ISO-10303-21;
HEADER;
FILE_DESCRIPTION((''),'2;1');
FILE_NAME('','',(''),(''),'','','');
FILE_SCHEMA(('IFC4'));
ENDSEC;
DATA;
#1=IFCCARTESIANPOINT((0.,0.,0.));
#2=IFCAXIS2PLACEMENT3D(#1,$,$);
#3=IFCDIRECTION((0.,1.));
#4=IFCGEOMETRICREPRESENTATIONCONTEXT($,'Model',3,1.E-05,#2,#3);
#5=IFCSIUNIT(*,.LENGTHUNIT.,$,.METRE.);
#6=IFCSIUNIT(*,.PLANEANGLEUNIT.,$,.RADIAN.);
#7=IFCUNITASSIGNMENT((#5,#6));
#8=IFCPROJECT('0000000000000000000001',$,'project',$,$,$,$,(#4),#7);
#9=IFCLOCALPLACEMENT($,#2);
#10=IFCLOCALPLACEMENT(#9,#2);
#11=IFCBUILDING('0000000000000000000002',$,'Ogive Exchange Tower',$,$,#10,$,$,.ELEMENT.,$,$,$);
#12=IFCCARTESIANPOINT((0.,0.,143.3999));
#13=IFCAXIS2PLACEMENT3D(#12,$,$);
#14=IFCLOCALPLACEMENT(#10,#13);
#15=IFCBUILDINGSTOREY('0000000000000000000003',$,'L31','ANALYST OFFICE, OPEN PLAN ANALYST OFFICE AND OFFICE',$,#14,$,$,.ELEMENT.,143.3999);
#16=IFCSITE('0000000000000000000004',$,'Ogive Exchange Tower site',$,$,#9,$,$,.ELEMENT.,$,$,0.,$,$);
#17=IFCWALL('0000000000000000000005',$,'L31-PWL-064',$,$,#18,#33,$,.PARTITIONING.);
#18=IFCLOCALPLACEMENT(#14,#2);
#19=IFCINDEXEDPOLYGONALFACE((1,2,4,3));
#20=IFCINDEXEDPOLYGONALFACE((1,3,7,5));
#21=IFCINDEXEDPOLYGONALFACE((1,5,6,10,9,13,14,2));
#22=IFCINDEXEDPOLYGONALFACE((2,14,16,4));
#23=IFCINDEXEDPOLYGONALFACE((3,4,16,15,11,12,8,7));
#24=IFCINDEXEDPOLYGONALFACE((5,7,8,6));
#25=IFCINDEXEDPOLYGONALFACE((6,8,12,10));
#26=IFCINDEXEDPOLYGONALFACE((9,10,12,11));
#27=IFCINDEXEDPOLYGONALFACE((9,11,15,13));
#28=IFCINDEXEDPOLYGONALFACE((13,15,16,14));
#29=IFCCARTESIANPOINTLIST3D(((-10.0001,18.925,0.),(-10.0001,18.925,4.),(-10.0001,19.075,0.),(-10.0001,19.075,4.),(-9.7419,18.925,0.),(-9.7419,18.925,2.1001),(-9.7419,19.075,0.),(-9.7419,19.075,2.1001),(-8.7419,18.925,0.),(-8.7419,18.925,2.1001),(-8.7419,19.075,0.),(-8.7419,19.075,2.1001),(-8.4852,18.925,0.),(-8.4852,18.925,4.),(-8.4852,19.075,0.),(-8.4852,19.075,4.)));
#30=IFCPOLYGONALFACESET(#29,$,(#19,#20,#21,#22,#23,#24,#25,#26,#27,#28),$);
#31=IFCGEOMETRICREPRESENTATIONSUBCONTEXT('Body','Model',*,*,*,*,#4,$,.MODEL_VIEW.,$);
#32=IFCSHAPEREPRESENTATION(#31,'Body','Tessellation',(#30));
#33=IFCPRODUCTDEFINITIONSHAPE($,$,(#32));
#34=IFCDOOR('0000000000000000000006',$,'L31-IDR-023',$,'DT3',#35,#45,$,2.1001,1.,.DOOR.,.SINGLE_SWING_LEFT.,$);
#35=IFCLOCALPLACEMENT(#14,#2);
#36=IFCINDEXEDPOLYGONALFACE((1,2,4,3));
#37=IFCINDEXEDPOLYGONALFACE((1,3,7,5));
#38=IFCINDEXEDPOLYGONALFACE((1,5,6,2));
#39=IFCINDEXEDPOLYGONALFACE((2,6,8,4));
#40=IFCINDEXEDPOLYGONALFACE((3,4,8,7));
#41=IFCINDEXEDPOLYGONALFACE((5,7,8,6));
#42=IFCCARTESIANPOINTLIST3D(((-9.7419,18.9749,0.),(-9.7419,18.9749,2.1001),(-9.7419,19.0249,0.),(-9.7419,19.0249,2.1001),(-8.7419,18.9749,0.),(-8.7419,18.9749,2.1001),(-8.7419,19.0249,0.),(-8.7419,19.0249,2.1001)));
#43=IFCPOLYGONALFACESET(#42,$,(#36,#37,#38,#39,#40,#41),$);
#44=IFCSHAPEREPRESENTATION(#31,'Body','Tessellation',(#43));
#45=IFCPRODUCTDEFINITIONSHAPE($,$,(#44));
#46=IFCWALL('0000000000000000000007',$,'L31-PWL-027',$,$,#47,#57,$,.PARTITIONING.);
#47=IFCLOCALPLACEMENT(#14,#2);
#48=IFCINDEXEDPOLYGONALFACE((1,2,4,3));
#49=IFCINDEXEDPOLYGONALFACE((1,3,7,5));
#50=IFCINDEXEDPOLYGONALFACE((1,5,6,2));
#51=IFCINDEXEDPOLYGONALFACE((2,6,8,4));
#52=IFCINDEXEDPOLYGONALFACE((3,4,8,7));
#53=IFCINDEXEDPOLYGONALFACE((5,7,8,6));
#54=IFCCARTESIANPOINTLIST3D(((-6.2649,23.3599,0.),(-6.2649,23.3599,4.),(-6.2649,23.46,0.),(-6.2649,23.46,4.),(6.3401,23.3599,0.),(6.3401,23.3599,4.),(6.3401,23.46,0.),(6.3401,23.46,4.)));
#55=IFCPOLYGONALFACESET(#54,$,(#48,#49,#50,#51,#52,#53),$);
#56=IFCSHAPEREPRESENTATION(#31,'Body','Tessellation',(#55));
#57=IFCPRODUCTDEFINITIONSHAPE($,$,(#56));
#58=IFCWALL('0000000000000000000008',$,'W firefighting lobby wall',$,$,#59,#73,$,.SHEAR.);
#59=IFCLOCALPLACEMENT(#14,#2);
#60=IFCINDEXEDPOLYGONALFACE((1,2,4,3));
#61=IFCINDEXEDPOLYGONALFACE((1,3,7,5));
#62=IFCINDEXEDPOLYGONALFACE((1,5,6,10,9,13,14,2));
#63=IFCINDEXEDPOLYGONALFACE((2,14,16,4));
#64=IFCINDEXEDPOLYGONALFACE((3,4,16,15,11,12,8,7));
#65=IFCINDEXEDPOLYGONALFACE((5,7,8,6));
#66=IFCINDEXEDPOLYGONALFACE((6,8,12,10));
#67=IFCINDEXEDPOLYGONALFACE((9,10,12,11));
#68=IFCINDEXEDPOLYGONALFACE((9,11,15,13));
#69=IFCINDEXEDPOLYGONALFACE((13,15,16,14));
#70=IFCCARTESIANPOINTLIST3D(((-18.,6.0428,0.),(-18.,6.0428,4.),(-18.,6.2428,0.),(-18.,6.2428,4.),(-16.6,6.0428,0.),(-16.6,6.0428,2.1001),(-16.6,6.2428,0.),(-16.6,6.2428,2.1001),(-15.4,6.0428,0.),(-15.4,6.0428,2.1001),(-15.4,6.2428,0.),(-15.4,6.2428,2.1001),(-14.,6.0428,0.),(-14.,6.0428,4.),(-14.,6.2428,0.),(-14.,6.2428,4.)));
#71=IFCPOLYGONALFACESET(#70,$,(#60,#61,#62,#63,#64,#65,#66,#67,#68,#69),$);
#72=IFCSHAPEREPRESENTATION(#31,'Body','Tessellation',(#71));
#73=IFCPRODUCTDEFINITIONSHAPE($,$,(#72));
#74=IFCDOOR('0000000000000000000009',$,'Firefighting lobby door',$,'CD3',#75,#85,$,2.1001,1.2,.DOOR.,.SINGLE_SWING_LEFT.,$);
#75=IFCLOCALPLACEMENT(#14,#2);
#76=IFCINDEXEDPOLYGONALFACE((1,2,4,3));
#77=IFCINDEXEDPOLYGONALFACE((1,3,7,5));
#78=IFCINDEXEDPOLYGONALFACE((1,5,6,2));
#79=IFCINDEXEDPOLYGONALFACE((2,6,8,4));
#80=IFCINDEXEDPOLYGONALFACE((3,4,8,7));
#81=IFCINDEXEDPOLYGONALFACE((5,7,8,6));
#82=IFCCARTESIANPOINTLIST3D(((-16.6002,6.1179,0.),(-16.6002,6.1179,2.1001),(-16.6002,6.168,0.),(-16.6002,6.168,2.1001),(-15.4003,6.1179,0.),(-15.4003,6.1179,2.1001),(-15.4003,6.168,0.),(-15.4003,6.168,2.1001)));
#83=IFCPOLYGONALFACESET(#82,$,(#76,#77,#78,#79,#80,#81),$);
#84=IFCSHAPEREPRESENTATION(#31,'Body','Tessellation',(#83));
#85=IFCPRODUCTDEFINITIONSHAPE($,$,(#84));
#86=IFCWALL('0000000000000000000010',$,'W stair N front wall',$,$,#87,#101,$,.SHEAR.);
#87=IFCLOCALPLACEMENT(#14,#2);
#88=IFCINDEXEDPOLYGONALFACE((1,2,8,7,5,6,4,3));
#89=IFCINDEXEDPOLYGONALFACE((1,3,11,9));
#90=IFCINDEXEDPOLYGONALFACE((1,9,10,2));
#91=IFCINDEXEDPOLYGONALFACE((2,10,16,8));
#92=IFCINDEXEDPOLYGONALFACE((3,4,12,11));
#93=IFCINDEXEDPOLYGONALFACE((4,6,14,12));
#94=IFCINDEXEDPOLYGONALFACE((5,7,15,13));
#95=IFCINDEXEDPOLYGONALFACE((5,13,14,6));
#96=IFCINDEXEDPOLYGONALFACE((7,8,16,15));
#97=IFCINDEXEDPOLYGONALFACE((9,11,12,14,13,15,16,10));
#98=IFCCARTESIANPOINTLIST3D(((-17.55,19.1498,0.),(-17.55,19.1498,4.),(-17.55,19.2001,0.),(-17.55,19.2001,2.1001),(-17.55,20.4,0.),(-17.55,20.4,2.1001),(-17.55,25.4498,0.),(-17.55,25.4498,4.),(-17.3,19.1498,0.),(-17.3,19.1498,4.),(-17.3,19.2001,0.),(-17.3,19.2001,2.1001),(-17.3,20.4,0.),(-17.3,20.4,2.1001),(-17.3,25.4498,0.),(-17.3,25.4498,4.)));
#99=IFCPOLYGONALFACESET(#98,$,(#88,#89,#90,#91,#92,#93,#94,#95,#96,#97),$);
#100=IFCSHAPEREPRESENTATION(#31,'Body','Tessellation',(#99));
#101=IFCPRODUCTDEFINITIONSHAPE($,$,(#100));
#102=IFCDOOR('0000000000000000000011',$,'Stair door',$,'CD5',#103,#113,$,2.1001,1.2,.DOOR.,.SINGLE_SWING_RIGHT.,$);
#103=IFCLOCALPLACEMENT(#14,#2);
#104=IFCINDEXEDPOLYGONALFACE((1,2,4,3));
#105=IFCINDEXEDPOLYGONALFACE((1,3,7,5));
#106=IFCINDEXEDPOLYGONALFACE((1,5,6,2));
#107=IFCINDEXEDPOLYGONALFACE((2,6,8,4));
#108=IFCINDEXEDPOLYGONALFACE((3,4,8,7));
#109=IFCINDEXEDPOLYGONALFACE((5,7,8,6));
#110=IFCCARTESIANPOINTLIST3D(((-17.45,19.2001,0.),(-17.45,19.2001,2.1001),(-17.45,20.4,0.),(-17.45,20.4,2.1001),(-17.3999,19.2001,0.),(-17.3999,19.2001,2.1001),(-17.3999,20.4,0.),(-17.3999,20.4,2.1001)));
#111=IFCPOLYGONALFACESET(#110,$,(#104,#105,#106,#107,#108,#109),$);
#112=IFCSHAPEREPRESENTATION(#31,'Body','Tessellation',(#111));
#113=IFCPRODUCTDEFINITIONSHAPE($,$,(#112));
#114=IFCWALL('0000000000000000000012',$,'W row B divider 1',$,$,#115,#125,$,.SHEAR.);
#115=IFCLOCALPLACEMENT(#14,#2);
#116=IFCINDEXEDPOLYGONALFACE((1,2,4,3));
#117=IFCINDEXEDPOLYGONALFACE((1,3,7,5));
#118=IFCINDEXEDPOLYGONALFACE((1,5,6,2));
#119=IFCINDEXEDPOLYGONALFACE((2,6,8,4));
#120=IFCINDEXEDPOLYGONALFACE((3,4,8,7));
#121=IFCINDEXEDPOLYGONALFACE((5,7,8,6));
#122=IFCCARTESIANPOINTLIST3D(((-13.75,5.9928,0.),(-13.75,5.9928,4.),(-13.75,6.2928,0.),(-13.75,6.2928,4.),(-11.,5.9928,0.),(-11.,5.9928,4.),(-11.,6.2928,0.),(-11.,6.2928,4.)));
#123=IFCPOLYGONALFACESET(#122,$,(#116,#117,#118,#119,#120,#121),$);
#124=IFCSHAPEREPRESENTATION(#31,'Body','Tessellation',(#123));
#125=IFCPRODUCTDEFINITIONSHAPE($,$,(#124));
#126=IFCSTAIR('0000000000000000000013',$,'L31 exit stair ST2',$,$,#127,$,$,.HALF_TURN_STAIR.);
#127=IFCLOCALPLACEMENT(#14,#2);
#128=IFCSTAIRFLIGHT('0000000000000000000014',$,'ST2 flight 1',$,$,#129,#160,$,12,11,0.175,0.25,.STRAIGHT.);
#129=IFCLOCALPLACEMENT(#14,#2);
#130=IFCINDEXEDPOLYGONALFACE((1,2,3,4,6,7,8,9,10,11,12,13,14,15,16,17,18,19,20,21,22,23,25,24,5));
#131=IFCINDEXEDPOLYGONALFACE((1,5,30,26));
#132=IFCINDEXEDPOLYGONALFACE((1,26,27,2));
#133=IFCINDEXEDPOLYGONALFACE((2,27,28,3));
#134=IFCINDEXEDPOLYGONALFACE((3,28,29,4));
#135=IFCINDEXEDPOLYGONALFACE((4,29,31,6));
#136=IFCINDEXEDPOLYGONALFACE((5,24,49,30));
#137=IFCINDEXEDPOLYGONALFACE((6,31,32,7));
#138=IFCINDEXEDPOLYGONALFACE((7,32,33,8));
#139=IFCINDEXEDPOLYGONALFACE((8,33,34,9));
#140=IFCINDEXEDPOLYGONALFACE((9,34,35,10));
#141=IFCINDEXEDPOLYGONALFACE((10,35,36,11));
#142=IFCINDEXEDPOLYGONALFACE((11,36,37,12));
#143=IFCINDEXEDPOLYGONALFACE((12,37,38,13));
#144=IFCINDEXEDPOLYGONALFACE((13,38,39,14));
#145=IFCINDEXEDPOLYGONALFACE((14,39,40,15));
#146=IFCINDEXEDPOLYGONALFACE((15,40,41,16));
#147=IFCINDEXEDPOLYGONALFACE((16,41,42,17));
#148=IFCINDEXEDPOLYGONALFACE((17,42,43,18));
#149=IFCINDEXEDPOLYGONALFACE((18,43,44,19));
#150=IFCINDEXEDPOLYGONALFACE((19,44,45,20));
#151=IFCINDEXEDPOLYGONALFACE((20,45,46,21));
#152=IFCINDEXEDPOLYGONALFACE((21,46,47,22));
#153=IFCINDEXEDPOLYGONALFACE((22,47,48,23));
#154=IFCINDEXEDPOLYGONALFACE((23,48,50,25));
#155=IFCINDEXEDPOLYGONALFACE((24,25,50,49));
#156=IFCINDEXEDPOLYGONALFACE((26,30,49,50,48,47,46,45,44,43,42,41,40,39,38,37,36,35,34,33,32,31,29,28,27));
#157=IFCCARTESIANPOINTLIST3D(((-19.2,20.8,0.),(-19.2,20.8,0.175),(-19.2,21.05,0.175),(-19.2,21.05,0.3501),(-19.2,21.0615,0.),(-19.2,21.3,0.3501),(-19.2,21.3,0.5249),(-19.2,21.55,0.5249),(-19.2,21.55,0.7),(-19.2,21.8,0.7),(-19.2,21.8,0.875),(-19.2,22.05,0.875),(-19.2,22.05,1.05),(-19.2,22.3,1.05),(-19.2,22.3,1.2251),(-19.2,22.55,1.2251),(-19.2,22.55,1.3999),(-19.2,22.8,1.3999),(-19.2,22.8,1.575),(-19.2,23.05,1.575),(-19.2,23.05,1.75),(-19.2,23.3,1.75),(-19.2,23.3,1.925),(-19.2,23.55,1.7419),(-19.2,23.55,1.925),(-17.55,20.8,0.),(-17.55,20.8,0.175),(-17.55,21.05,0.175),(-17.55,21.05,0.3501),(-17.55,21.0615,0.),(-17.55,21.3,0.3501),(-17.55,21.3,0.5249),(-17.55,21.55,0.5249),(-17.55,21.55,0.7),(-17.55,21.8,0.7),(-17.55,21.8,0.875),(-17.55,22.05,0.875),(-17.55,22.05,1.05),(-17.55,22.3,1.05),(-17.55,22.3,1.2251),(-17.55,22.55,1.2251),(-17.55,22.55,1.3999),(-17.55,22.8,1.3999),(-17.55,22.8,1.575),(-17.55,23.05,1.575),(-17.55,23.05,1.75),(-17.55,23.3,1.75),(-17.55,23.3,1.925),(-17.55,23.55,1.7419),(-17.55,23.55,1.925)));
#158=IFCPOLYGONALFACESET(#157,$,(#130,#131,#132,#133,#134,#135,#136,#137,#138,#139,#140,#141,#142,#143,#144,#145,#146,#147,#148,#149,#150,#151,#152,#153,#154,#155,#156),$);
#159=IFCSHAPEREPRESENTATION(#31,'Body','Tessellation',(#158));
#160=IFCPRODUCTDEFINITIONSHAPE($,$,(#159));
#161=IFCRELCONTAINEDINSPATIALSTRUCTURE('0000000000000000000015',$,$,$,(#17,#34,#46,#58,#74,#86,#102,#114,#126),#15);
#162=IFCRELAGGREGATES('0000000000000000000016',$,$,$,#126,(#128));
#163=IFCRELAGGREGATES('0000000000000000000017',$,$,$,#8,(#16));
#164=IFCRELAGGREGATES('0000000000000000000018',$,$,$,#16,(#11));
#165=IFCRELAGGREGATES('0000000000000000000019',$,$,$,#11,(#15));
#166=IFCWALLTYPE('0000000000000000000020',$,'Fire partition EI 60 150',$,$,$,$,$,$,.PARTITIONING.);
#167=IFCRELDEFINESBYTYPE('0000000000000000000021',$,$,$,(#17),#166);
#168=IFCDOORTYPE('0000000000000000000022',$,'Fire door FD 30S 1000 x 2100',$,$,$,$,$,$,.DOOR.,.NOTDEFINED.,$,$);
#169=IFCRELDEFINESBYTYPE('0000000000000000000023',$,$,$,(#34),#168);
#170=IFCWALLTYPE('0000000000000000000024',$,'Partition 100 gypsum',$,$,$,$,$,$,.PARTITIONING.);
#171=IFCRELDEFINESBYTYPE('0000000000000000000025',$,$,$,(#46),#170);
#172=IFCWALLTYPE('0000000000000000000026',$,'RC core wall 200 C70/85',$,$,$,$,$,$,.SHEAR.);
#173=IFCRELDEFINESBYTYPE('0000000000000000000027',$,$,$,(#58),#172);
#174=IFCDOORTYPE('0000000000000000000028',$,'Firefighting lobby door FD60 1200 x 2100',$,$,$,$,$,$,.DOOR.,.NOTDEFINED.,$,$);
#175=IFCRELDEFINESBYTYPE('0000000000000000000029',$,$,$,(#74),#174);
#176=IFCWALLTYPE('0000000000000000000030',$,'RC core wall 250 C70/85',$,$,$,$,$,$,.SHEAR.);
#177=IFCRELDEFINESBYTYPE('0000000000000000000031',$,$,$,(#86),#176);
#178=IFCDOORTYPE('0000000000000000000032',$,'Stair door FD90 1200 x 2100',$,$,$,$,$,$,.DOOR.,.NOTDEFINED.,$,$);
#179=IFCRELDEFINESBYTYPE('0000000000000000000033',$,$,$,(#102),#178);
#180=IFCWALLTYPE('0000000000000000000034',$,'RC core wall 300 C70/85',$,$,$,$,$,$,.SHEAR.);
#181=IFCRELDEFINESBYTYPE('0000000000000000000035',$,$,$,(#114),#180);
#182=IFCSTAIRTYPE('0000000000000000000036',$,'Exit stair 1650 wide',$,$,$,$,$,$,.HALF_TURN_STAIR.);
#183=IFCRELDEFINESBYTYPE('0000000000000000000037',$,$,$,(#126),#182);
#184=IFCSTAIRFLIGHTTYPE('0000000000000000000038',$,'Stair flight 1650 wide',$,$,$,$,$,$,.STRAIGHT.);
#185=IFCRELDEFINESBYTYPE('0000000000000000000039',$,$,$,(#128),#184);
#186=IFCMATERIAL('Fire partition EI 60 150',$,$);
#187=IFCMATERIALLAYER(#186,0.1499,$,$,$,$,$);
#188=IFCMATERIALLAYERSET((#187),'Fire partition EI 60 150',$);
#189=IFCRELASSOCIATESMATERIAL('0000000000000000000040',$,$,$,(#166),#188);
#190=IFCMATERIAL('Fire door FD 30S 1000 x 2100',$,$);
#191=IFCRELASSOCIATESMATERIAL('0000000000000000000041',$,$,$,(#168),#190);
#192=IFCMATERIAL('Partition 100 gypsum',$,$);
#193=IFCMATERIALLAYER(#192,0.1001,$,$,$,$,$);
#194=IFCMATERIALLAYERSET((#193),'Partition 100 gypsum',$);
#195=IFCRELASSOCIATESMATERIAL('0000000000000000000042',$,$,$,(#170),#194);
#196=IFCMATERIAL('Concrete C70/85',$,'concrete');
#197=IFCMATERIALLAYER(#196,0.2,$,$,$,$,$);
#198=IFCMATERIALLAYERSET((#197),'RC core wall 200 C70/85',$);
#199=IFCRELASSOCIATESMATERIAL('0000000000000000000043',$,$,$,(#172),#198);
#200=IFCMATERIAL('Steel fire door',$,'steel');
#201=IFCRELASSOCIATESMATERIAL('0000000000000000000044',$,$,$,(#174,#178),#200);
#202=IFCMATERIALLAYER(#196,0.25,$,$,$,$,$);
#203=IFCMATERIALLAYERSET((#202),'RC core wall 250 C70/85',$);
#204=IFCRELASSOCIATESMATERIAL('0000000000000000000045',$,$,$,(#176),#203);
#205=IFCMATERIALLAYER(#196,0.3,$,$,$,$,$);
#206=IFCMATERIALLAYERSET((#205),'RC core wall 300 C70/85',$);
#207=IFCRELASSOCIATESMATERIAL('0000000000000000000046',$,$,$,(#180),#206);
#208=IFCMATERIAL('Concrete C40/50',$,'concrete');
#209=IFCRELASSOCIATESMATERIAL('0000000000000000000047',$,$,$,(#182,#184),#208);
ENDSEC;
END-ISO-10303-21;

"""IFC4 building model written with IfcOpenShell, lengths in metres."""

from ifc_helpers import new_model, si_unit, direction, frame, frame_2d, origin, place, context, subcontext, project, spatial, polyline, rectangle, outline, extrude, material, layer, layer_set, type_object, element, fill, aggregate, save


model = new_model("IFC4")

# Units and contexts
model_context = context("Model", 3, precision=1e-05, world=origin(), true_north=direction((0.0, 1.0)))
body_context = subcontext(model_context, "Body", "Model", "MODEL_VIEW")
ifc_project = project(units=[si_unit("LENGTHUNIT", "METRE"), si_unit("PLANEANGLEUNIT", "RADIAN")], contexts=[model_context])

# Site, building, storey
site_placement = place(None, origin())
site = spatial("IfcSite", under=ifc_project, at=site_placement, Name="Ogive Exchange Tower site", CompositionType="ELEMENT", RefElevation=0.0)
building_placement = place(site_placement, origin())
building = spatial("IfcBuilding", under=site, at=building_placement, Name="Ogive Exchange Tower", CompositionType="ELEMENT")
storey_placement = place(building_placement, frame((0.0, 0.0, 143.3999)))
storey = spatial("IfcBuildingStorey", under=building, at=storey_placement, Name="L31", Description="ANALYST OFFICE, OPEN PLAN ANALYST OFFICE AND OFFICE", CompositionType="ELEMENT", Elevation=143.3999)

# Shared definitions
ifc_material_1 = material(Name="Fire partition EI 60 150")
ifc_layer_1 = layer(ifc_material_1, 0.1499)
ifc_layer_set_1 = layer_set([ifc_layer_1], Name="Fire partition EI 60 150")
wall_type_1 = type_object("IfcWallType", Name="Fire partition EI 60 150", PredefinedType="PARTITIONING", material=ifc_layer_set_1)
ifc_material_2 = material(Name="Fire door FD 30S 1000 x 2100")
door_type_1 = type_object("IfcDoorType", Name="Fire door FD 30S 1000 x 2100", OperationType="NOTDEFINED", PredefinedType="DOOR", material=ifc_material_2)

# Wall, opening, door
wall_1_placement = place(storey_placement, frame((-10.0, 19.0, 0.0), z_axis=(0.0, 0.0, 1.0), x_axis=(1.0, 0.0, 0.0)))
wall_1 = element("IfcWall", 1, at=wall_1_placement, inside=storey, type_object=wall_type_1, Name="L31-PWL-064", PredefinedType="PARTITIONING", context=body_context, shape_type="SweptSolid", body=[
    extrude(rectangle(XDim=1.5149, YDim=0.1499, at=frame_2d((0.7573, 0.0))), origin(), (0.0, 0.0, 1.0), 4.0),
])
opening_1_placement = place(wall_1_placement, frame((0.2581, 0.0, 0.0)))
opening_1 = element("IfcOpeningElement", 2, at=opening_1_placement, cuts=wall_1, PredefinedType="OPENING", context=body_context, shape_type="SweptSolid", body=[
    extrude(rectangle(XDim=1.0, YDim=2.1001, at=frame_2d((0.5, 1.05))), frame((0.0, 0.085, 0.0), z_axis=(0.0, -1.0, 0.0), x_axis=(1.0, 0.0, 0.0)), (0.0, 0.0, 1.0), 0.1699),
])
door_1_placement = place(opening_1_placement, origin())
door_1 = element("IfcDoor", 3, at=door_1_placement, inside=storey, type_object=door_type_1, Name="L31-IDR-023", ObjectType="DT3", OperationType="SINGLE_SWING_LEFT", OverallHeight=2.1001, OverallWidth=1.0, PredefinedType="DOOR", context=body_context, shape_type="SweptSolid", body=[
    extrude(rectangle(XDim=1.0, YDim=2.1001, at=frame_2d((0.5, 1.05))), frame((0.0, 0.0249, 0.0), z_axis=(0.0, -1.0, 0.0), x_axis=(1.0, 0.0, 0.0)), (0.0, 0.0, 1.0), 0.05),
])
fill(opening_1, door_1)

# Wall
ifc_material_3 = material(Name="Partition 100 gypsum")
ifc_layer_2 = layer(ifc_material_3, 0.1001)
ifc_layer_set_2 = layer_set([ifc_layer_2], Name="Partition 100 gypsum")
wall_type_2 = type_object("IfcWallType", Name="Partition 100 gypsum", PredefinedType="PARTITIONING", material=ifc_layer_set_2)
wall_2_placement = place(storey_placement, frame((-6.2649, 23.4099, 0.0), z_axis=(0.0, 0.0, 1.0), x_axis=(1.0, 0.0, 0.0)))
element("IfcWall", 4, at=wall_2_placement, inside=storey, type_object=wall_type_2, Name="L31-PWL-027", PredefinedType="PARTITIONING", context=body_context, shape_type="SweptSolid", body=[
    extrude(rectangle(XDim=12.605, YDim=0.1001, at=frame_2d((6.3025, 0.0))), origin(), (0.0, 0.0, 1.0), 4.0),
])

# Walls, openings, doors
ifc_material_4 = material(Name="Concrete C70/85", Category="concrete")
ifc_layer_3 = layer(ifc_material_4, 0.2)
ifc_layer_set_3 = layer_set([ifc_layer_3], Name="RC core wall 200 C70/85")
wall_type_3 = type_object("IfcWallType", Name="RC core wall 200 C70/85", PredefinedType="SHEAR", material=ifc_layer_set_3)
wall_3_placement = place(storey_placement, frame((-18.0, 6.1428, 0.0), z_axis=(0.0, 0.0, 1.0), x_axis=(1.0, 0.0, 0.0)))
wall_3 = element("IfcWall", 5, at=wall_3_placement, inside=storey, type_object=wall_type_3, Name="W firefighting lobby wall", PredefinedType="SHEAR", context=body_context, shape_type="SweptSolid", body=[
    extrude(rectangle(XDim=4.0, YDim=0.2, at=frame_2d((2.0, 0.0))), origin(), (0.0, 0.0, 1.0), 4.0),
])
opening_2_placement = place(wall_3_placement, frame((1.3999, 0.0, 0.0)))
opening_2 = element("IfcOpeningElement", 6, at=opening_2_placement, cuts=wall_3, PredefinedType="OPENING", context=body_context, shape_type="SweptSolid", body=[
    extrude(rectangle(XDim=1.2, YDim=2.1001, at=frame_2d((0.6001, 1.05))), frame((0.0, 0.1099, 0.0), z_axis=(0.0, -1.0, 0.0), x_axis=(1.0, 0.0, 0.0)), (0.0, 0.0, 1.0), 0.22),
])
ifc_material_5 = material(Name="Steel fire door", Category="steel")
door_type_2 = type_object("IfcDoorType", Name="Firefighting lobby door FD60 1200 x 2100", OperationType="NOTDEFINED", PredefinedType="DOOR", material=ifc_material_5)
door_2_placement = place(opening_2_placement, frame((1.2, 0.0, 0.0), z_axis=(0.0, 0.0, 1.0), x_axis=(-1.0, 0.0, 0.0)))
door_2 = element("IfcDoor", 7, at=door_2_placement, inside=storey, type_object=door_type_2, Name="Firefighting lobby door", ObjectType="CD3", OperationType="SINGLE_SWING_LEFT", OverallHeight=2.1001, OverallWidth=1.2, PredefinedType="DOOR", context=body_context, shape_type="SweptSolid", body=[
    extrude(rectangle(XDim=1.2, YDim=2.1001, at=frame_2d((0.6001, 1.05))), frame((0.0, 0.0249, 0.0), z_axis=(0.0, -1.0, 0.0), x_axis=(1.0, 0.0, 0.0)), (0.0, 0.0, 1.0), 0.05),
])
fill(opening_2, door_2)
ifc_layer_4 = layer(ifc_material_4, 0.25)
ifc_layer_set_4 = layer_set([ifc_layer_4], Name="RC core wall 250 C70/85")
wall_type_4 = type_object("IfcWallType", Name="RC core wall 250 C70/85", PredefinedType="SHEAR", material=ifc_layer_set_4)
wall_4_placement = place(storey_placement, frame((-17.425, 19.1499, 0.0), z_axis=(0.0, 0.0, 1.0), x_axis=(0.0, 1.0, 0.0)))
wall_4 = element("IfcWall", 8, at=wall_4_placement, inside=storey, type_object=wall_type_4, Name="W stair N front wall", PredefinedType="SHEAR", context=body_context, shape_type="SweptSolid", body=[
    extrude(rectangle(XDim=6.3, YDim=0.25, at=frame_2d((3.1499, 0.0))), origin(), (0.0, 0.0, 1.0), 4.0),
])
opening_3_placement = place(wall_4_placement, frame((0.05, 0.0, 0.0)))
opening_3 = element("IfcOpeningElement", 9, at=opening_3_placement, cuts=wall_4, PredefinedType="OPENING", context=body_context, shape_type="SweptSolid", body=[
    extrude(rectangle(XDim=1.2, YDim=2.1001, at=frame_2d((0.6001, 1.05))), frame((0.0, 0.135, 0.0), z_axis=(0.0, -1.0, 0.0), x_axis=(1.0, 0.0, 0.0)), (0.0, 0.0, 1.0), 0.27),
])
door_type_3 = type_object("IfcDoorType", Name="Stair door FD90 1200 x 2100", OperationType="NOTDEFINED", PredefinedType="DOOR", material=ifc_material_5)
door_3_placement = place(opening_3_placement, origin())
door_3 = element("IfcDoor", 10, at=door_3_placement, inside=storey, type_object=door_type_3, Name="Stair door", ObjectType="CD5", OperationType="SINGLE_SWING_RIGHT", OverallHeight=2.1001, OverallWidth=1.2, PredefinedType="DOOR", context=body_context, shape_type="SweptSolid", body=[
    extrude(rectangle(XDim=1.2, YDim=2.1001, at=frame_2d((0.6001, 1.05))), frame((0.0, 0.0249, 0.0), z_axis=(0.0, -1.0, 0.0), x_axis=(1.0, 0.0, 0.0)), (0.0, 0.0, 1.0), 0.05),
])
fill(opening_3, door_3)

# Wall
ifc_layer_5 = layer(ifc_material_4, 0.3)
ifc_layer_set_5 = layer_set([ifc_layer_5], Name="RC core wall 300 C70/85")
wall_type_5 = type_object("IfcWallType", Name="RC core wall 300 C70/85", PredefinedType="SHEAR", material=ifc_layer_set_5)
wall_5_placement = place(storey_placement, frame((-13.75, 6.1428, 0.0), z_axis=(0.0, 0.0, 1.0), x_axis=(1.0, 0.0, 0.0)))
element("IfcWall", 11, at=wall_5_placement, inside=storey, type_object=wall_type_5, Name="W row B divider 1", PredefinedType="SHEAR", context=body_context, shape_type="SweptSolid", body=[
    extrude(rectangle(XDim=2.75, YDim=0.3, at=frame_2d((1.375, 0.0))), origin(), (0.0, 0.0, 1.0), 4.0),
])

# Stair, stair flight
ifc_material_6 = material(Name="Concrete C40/50", Category="concrete")
stair_type = type_object("IfcStairType", Name="Exit stair 1650 wide", PredefinedType="HALF_TURN_STAIR", material=ifc_material_6)
stair_placement = place(storey_placement, origin())
stair = element("IfcStair", 12, at=stair_placement, inside=storey, type_object=stair_type, Name="L31 exit stair ST2", PredefinedType="HALF_TURN_STAIR")
stair_flight_type = type_object("IfcStairFlightType", Name="Stair flight 1650 wide", PredefinedType="STRAIGHT", material=ifc_material_6)
stair_flight_placement = place(storey_placement, frame((-18.375, 20.8, 0.0), z_axis=(0.0, 0.0, 1.0), x_axis=(0.0, 1.0, 0.0)))
stair_flight = element("IfcStairFlight", 13, at=stair_flight_placement, type_object=stair_flight_type, Name="ST2 flight 1", NumberOfRisers=12, NumberOfTreads=11, PredefinedType="STRAIGHT", RiserHeight=0.175, TreadLength=0.25, context=body_context, shape_type="SweptSolid", body=[
    extrude(outline(polyline([(0.0, 0.0), (0.0, 0.175), (0.25, 0.175), (0.25, 0.3501), (0.5, 0.3501), (0.5, 0.5249), (0.75, 0.5249), (0.75, 0.7), (1.0, 0.7), (1.0, 0.875), (1.25, 0.875), (1.25, 1.05), (1.5, 1.05), (1.5, 1.2251), (1.75, 1.2251), (1.75, 1.3999), (2.0, 1.3999), (2.0, 1.575), (2.25, 1.575), (2.25, 1.75), (2.5, 1.75), (2.5, 1.925), (2.75, 1.925), (2.75, 2.1001), (2.75, 1.7419), (0.2615, 0.0), (0.0, 0.0)])), frame((0.0, 0.825, 0.0), z_axis=(0.0, -1.0, 0.0), x_axis=(1.0, 0.0, 0.0)), (0.0, 0.0, 1.0), 1.6499),
])
aggregate(stair, [stair_flight])

save(model, "model.ifc")
